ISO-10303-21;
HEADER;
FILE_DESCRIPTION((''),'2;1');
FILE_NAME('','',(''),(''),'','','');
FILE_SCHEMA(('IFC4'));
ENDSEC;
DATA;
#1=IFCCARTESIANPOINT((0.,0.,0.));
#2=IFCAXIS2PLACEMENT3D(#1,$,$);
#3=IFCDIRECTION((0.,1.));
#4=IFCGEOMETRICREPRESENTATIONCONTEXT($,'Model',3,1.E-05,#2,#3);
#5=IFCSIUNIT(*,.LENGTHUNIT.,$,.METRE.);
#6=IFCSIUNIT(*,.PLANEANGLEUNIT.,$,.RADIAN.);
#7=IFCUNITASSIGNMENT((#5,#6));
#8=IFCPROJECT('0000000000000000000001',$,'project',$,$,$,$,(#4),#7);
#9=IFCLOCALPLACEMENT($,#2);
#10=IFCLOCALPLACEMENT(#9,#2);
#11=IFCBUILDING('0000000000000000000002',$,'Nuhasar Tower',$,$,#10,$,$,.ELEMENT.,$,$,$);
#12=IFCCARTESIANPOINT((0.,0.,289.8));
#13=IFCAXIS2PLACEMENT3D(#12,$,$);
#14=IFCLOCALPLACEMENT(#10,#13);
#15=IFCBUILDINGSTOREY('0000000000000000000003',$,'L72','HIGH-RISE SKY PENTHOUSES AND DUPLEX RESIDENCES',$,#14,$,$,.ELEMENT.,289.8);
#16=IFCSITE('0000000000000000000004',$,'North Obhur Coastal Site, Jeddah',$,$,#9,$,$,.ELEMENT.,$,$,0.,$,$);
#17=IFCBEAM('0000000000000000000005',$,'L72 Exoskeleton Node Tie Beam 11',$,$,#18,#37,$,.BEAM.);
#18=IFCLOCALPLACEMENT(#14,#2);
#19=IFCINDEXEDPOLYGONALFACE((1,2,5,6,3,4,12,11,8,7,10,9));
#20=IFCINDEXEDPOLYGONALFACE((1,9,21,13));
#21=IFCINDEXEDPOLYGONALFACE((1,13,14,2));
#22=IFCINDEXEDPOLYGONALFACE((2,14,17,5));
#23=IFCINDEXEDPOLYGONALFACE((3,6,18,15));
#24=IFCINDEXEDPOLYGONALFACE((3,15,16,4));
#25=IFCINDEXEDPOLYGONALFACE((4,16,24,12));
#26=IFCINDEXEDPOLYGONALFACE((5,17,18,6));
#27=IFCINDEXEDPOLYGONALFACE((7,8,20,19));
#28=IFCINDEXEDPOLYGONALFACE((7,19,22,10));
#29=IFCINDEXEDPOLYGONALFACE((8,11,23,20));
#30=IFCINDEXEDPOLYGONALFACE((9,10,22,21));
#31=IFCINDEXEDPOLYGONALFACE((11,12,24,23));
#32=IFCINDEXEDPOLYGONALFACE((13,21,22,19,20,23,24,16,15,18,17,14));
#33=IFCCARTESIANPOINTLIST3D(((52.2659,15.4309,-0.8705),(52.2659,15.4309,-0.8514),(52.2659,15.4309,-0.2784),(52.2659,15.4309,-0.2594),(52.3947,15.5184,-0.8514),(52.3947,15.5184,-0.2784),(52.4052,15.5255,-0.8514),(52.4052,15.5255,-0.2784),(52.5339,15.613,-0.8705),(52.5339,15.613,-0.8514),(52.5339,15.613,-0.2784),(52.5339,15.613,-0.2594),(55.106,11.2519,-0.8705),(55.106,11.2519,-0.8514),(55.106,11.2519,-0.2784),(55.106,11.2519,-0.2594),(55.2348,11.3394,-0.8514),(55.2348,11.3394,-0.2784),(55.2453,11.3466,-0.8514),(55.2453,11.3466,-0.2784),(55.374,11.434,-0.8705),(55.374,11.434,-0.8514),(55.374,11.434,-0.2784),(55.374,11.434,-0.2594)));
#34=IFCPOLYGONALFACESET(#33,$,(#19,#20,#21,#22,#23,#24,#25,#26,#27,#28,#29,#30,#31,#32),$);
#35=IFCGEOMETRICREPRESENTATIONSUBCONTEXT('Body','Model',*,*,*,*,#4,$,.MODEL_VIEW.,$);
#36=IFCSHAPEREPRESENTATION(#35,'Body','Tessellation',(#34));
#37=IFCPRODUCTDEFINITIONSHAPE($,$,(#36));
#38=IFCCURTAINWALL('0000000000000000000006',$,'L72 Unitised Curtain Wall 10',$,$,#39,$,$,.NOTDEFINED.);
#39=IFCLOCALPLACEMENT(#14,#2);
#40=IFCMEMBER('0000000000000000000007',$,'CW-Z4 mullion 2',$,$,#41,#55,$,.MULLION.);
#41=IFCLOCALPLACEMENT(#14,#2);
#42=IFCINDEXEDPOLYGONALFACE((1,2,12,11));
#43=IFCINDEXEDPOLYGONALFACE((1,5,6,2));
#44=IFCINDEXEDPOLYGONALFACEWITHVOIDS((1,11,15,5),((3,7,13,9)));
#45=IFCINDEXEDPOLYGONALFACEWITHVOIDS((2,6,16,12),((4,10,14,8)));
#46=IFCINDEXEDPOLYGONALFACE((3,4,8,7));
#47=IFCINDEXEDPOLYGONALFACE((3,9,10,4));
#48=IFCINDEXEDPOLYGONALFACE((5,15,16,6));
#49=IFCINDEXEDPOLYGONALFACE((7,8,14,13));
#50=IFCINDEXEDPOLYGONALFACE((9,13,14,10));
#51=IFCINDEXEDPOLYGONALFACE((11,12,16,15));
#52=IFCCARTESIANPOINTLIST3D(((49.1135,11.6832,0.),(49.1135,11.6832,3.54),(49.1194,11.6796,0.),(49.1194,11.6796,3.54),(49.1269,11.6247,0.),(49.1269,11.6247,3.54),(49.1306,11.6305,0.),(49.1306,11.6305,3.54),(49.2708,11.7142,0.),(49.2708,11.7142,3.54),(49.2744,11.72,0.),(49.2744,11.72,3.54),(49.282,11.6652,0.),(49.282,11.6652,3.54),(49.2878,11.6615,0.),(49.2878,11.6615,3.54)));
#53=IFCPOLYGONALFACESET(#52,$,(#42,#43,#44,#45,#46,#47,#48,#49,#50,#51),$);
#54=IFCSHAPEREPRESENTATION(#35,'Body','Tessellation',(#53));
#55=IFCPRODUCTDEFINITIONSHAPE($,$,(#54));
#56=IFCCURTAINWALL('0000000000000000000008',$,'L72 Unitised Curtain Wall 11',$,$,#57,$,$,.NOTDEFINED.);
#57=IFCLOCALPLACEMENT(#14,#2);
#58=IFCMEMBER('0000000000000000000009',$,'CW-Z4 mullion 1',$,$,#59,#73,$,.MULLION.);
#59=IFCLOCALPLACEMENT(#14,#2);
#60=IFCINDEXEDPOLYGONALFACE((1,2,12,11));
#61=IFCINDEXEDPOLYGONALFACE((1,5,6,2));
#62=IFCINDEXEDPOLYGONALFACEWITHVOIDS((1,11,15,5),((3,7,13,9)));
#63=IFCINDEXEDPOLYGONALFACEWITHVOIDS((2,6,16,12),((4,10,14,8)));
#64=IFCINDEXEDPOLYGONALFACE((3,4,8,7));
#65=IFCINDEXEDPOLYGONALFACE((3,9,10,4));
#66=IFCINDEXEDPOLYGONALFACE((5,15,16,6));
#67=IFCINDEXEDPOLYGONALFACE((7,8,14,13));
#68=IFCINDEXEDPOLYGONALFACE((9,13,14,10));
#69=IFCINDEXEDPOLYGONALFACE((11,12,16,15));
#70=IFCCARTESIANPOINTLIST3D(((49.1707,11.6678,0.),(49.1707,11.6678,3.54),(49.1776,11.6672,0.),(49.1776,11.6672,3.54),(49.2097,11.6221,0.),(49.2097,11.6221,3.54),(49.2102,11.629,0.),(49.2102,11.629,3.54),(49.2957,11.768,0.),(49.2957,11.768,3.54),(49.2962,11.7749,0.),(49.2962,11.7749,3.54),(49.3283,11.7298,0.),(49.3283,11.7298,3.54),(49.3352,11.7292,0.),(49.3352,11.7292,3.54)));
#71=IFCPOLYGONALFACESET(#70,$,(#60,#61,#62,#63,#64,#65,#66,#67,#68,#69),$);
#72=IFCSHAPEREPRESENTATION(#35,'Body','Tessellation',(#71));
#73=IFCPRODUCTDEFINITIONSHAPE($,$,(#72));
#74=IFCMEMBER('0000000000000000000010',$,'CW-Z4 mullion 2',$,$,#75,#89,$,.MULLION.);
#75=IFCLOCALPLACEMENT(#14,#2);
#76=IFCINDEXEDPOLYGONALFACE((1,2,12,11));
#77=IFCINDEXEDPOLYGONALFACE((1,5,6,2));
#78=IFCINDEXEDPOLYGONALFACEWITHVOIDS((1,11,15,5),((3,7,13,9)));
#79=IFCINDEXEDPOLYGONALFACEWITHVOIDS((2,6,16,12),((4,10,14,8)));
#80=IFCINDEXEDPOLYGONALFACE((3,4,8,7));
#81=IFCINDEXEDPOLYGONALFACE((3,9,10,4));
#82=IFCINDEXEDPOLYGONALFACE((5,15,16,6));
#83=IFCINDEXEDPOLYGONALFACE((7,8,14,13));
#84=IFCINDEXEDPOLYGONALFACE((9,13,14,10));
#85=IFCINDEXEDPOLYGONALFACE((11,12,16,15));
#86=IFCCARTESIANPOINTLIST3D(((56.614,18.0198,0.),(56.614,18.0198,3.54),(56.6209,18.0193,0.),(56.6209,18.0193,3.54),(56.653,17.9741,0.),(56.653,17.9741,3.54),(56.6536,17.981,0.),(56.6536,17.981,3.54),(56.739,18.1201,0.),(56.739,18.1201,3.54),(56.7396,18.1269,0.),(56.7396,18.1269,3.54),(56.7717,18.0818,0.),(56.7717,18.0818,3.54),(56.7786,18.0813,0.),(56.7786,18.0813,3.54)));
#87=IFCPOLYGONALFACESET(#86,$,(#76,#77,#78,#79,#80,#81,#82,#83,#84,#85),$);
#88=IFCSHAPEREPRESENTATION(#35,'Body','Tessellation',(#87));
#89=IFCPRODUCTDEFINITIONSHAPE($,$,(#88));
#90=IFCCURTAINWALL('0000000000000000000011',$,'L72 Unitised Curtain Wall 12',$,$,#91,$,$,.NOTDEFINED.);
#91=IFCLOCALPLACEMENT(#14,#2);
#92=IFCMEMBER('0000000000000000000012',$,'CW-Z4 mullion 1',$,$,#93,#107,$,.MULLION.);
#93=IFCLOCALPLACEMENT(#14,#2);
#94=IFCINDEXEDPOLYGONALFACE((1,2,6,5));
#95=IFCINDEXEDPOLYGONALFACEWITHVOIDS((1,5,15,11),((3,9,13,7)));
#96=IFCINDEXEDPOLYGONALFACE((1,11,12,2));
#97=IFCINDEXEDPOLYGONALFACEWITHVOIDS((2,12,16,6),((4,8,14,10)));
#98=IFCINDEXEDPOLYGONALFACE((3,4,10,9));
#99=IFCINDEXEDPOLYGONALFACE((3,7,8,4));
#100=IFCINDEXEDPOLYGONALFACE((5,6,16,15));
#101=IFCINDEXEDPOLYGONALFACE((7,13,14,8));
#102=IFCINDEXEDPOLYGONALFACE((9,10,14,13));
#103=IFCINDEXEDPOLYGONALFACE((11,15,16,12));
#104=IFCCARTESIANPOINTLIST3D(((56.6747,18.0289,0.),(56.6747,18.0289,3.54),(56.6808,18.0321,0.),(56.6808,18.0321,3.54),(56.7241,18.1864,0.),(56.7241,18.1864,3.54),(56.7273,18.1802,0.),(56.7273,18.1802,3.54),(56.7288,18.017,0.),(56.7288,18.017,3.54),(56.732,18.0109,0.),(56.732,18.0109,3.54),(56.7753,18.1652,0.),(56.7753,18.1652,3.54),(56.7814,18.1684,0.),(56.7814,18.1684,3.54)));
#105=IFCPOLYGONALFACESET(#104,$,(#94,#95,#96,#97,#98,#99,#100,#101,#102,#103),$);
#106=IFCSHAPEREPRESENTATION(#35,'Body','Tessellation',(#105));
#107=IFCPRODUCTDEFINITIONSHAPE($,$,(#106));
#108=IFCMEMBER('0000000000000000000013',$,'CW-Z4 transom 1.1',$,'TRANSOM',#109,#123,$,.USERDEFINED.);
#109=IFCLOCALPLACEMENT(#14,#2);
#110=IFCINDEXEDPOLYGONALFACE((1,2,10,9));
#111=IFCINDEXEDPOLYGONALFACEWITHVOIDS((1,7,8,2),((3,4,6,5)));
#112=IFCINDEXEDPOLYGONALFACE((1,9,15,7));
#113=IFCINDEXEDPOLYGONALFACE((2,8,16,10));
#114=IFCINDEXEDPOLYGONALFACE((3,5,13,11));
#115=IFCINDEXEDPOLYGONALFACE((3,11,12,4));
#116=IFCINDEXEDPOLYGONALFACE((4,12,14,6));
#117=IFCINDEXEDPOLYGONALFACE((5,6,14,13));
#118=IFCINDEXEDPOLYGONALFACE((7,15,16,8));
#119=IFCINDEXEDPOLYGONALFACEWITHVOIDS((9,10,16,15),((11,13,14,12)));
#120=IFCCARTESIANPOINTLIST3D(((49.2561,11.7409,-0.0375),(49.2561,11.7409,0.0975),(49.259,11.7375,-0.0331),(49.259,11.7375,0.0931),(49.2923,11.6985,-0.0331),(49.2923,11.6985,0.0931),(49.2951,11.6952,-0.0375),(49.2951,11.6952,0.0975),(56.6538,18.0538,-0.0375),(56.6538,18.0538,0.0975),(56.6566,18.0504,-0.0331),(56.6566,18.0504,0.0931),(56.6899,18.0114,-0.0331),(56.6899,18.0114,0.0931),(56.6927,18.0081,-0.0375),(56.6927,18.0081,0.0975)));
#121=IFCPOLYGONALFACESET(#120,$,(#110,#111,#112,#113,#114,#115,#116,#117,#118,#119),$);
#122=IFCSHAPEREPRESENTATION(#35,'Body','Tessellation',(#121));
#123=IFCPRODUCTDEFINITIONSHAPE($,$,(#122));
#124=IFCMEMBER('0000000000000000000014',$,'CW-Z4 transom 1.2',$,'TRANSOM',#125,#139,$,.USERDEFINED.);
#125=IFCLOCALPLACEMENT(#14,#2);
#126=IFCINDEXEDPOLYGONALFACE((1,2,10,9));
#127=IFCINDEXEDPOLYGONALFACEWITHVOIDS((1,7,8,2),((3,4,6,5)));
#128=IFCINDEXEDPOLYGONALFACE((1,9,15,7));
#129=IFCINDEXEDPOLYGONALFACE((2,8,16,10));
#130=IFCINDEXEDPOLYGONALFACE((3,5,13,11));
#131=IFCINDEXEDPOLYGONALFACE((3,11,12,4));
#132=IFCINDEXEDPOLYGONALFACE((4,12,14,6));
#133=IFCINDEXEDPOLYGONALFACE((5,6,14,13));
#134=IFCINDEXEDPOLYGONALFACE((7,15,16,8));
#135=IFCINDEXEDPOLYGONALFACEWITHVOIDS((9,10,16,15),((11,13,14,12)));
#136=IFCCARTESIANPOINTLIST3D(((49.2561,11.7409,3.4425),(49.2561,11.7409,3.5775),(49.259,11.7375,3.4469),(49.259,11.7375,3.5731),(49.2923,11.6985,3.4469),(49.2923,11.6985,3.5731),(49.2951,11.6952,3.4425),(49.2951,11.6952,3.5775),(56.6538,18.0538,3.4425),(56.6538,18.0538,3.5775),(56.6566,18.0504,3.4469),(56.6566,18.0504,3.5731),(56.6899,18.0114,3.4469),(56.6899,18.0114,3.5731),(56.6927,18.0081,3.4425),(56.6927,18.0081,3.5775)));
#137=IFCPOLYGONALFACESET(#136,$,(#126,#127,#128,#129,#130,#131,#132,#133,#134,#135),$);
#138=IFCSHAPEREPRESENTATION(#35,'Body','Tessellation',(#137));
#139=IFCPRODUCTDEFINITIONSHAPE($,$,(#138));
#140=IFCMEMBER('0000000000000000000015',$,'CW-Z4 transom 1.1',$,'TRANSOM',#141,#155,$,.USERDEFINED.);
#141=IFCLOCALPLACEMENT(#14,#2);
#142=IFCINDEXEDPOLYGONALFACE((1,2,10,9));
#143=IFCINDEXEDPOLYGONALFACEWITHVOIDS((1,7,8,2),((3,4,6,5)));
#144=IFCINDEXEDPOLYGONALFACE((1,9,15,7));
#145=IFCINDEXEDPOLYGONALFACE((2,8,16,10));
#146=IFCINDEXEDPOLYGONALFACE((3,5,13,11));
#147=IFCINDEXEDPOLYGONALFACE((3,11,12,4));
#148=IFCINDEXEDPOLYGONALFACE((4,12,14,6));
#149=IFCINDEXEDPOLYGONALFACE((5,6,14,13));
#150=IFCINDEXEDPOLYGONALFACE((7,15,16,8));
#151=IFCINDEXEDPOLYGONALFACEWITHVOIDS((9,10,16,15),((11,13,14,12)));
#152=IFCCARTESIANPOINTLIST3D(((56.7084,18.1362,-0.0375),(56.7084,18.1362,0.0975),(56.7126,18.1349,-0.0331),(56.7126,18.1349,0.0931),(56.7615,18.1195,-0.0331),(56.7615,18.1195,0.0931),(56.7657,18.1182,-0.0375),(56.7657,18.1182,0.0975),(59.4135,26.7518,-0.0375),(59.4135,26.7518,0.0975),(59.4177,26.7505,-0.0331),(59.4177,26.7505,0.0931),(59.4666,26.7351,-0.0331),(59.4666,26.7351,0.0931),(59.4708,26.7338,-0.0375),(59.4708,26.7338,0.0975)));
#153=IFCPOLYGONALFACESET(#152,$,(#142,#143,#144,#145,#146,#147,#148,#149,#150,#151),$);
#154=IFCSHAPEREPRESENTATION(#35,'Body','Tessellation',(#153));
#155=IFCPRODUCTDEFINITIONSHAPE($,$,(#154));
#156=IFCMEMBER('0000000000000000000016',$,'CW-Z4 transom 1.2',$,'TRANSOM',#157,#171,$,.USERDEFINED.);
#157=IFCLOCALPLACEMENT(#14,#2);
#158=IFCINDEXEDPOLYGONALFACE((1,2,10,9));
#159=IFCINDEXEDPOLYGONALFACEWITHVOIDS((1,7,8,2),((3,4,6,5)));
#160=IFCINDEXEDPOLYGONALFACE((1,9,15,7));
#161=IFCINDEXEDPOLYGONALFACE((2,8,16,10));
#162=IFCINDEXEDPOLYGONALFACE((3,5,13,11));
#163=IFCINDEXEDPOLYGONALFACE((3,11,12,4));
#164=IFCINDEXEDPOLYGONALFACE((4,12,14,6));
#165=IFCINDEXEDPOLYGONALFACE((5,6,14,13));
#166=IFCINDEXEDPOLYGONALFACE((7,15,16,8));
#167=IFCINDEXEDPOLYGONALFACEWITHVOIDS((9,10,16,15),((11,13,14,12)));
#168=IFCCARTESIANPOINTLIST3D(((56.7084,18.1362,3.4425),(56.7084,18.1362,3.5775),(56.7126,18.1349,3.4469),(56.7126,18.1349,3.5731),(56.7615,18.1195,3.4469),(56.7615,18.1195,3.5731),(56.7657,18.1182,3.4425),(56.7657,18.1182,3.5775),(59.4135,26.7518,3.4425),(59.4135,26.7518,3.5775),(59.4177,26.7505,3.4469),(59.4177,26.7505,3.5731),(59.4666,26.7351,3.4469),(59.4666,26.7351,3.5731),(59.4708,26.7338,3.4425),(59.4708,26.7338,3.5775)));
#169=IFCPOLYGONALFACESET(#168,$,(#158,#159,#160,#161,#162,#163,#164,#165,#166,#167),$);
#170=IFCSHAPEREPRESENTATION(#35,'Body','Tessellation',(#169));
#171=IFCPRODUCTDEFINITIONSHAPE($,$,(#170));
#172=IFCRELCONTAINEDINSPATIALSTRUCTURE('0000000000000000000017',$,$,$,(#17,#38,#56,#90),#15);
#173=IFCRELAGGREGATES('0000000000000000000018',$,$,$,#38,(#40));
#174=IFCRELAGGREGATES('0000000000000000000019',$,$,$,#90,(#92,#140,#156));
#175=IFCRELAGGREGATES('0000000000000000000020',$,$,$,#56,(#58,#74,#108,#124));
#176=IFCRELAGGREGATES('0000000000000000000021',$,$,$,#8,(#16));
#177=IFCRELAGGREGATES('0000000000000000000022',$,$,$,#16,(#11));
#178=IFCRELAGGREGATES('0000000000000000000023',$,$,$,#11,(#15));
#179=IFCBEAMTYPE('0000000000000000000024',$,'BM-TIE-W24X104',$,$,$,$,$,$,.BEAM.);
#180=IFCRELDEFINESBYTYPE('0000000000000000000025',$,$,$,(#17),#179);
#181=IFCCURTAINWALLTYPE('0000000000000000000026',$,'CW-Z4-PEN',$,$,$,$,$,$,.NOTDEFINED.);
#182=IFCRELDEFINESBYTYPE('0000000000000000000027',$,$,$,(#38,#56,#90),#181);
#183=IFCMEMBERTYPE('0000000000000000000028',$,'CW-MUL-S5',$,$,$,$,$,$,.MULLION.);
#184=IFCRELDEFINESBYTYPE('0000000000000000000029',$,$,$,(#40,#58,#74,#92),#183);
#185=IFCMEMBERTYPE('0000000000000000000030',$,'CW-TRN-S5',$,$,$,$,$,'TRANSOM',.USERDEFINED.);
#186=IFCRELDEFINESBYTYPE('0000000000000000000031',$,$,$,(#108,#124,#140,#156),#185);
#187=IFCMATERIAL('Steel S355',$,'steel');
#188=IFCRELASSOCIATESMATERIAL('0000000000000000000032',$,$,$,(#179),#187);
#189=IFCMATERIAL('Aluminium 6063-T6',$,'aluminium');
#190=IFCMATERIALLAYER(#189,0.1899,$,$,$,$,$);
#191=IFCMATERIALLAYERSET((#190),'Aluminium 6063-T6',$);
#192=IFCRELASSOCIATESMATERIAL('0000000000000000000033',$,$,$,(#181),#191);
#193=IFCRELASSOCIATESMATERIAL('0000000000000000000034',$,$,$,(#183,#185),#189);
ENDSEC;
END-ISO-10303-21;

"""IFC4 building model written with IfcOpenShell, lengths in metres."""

from ifc_helpers import new_model, si_unit, direction, frame, origin, origin_2d, place, context, subcontext, project, spatial, hollow_rectangle, i_section, extrude, material, layer, layer_set, material_profile, profile_set, type_object, element, aggregate, save


model = new_model("IFC4")

# Units and contexts
model_context = context("Model", 3, precision=1e-05, world=origin(), true_north=direction((0.0, 1.0)))
body_context = subcontext(model_context, "Body", "Model", "MODEL_VIEW")
ifc_project = project(units=[si_unit("LENGTHUNIT", "METRE"), si_unit("PLANEANGLEUNIT", "RADIAN")], contexts=[model_context])

# Site, building, storey
site_placement = place(None, origin())
site = spatial("IfcSite", under=ifc_project, at=site_placement, Name="North Obhur Coastal Site, Jeddah", CompositionType="ELEMENT", RefElevation=0.0)
building_placement = place(site_placement, origin())
building = spatial("IfcBuilding", under=site, at=building_placement, Name="Nuhasar Tower", CompositionType="ELEMENT")
storey_placement = place(building_placement, frame((0.0, 0.0, 289.8)))
storey = spatial("IfcBuildingStorey", under=building, at=storey_placement, Name="L72", Description="HIGH-RISE SKY PENTHOUSES AND DUPLEX RESIDENCES", CompositionType="ELEMENT", Elevation=289.8)

# Beam
ifc_material_1 = material(Name="Steel S355", Category="steel")
ifc_material_profile_1 = material_profile(ifc_material_1, i_section(OverallWidth=0.324, OverallDepth=0.6111, WebThickness=0.0127, FlangeThickness=0.019, at=origin_2d()), Name="W24X104")
ifc_profile_set_1 = profile_set([ifc_material_profile_1], Name="Steel S355")
beam_type_1 = type_object("IfcBeamType", Name="BM-TIE-W24X104", PredefinedType="BEAM", material=ifc_profile_set_1)
beam_1_placement = place(storey_placement, frame((52.3999, 15.522, -0.5649), z_axis=(0.562093, -0.827074, 0.0), x_axis=(0.827074, 0.562093, 0.0)))
element("IfcBeam", 1, at=beam_1_placement, inside=storey, type_object=beam_type_1, Name="L72 Exoskeleton Node Tie Beam 11", PredefinedType="BEAM", context=body_context, shape_type="SweptSolid", body=[
    extrude(i_section(OverallWidth=0.324, OverallDepth=0.6111, WebThickness=0.0127, FlangeThickness=0.019, at=origin_2d()), origin(), (0.0, 0.0, 1.0), 5.0527),
])

# Curtain wall, member
ifc_material_2 = material(Name="Aluminium 6063-T6", Category="aluminium")
ifc_layer_1 = layer(ifc_material_2, 0.1899)
ifc_layer_set_1 = layer_set([ifc_layer_1], Name="Aluminium 6063-T6")
curtain_wall_type = type_object("IfcCurtainWallType", Name="CW-Z4-PEN", PredefinedType="NOTDEFINED", material=ifc_layer_set_1)
curtain_wall_1_placement = place(storey_placement, origin())
curtain_wall_1 = element("IfcCurtainWall", 2, at=curtain_wall_1_placement, inside=storey, type_object=curtain_wall_type, Name="L72 Unitised Curtain Wall 10", PredefinedType="NOTDEFINED")
ifc_material_profile_2 = material_profile(ifc_material_2, hollow_rectangle(XDim=0.0601, YDim=0.165, WallThickness=0.0049, at=origin_2d()), Name="CWM-5")
ifc_profile_set_2 = profile_set([ifc_material_profile_2], Name="Aluminium 6063-T6")
member_type_1 = type_object("IfcMemberType", Name="CW-MUL-S5", PredefinedType="MULLION", material=ifc_profile_set_2)
member_1_placement = place(storey_placement, frame((49.2007, 11.6724, 0.0), z_axis=(0.0, 0.0, 1.0), x_axis=(-0.222889, 0.974844, 0.0)))
member_1 = element("IfcMember", 3, at=member_1_placement, type_object=member_type_1, Name="CW-Z4 mullion 2", PredefinedType="MULLION", context=body_context, shape_type="SweptSolid", body=[
    extrude(hollow_rectangle(XDim=0.0601, YDim=0.165, WallThickness=0.0049, at=origin_2d()), origin(), (0.0, 0.0, 1.0), 3.54),
])
aggregate(curtain_wall_1, [member_1])

# Curtain wall, members
curtain_wall_2_placement = place(storey_placement, origin())
curtain_wall_2 = element("IfcCurtainWall", 4, at=curtain_wall_2_placement, inside=storey, type_object=curtain_wall_type, Name="L72 Unitised Curtain Wall 11", PredefinedType="NOTDEFINED")
member_2_placement = place(storey_placement, frame((49.2529, 11.6985, 0.0), z_axis=(0.0, 0.0, 1.0), x_axis=(-0.649142, 0.760667, 0.0)))
member_2 = element("IfcMember", 5, at=member_2_placement, type_object=member_type_1, Name="CW-Z4 mullion 1", PredefinedType="MULLION", context=body_context, shape_type="SweptSolid", body=[
    extrude(hollow_rectangle(XDim=0.0601, YDim=0.165, WallThickness=0.0049, at=origin_2d()), origin(), (0.0, 0.0, 1.0), 3.54),
])
member_3_placement = place(storey_placement, frame((56.6963, 18.0505, 0.0), z_axis=(0.0, 0.0, 1.0), x_axis=(-0.649142, 0.760667, 0.0)))
member_3 = element("IfcMember", 6, at=member_3_placement, type_object=member_type_1, Name="CW-Z4 mullion 2", PredefinedType="MULLION", context=body_context, shape_type="SweptSolid", body=[
    extrude(hollow_rectangle(XDim=0.0601, YDim=0.165, WallThickness=0.0049, at=origin_2d()), origin(), (0.0, 0.0, 1.0), 3.54),
])

# Curtain wall, member
curtain_wall_3_placement = place(storey_placement, origin())
curtain_wall_3 = element("IfcCurtainWall", 7, at=curtain_wall_3_placement, inside=storey, type_object=curtain_wall_type, Name="L72 Unitised Curtain Wall 12", PredefinedType="NOTDEFINED")
member_4_placement = place(storey_placement, frame((56.728, 18.0986, 0.0), z_axis=(0.0, 0.0, 1.0), x_axis=(-0.954079, 0.299557, 0.0)))
member_4 = element("IfcMember", 8, at=member_4_placement, type_object=member_type_1, Name="CW-Z4 mullion 1", PredefinedType="MULLION", context=body_context, shape_type="SweptSolid", body=[
    extrude(hollow_rectangle(XDim=0.0601, YDim=0.165, WallThickness=0.0049, at=origin_2d()), origin(), (0.0, 0.0, 1.0), 3.54),
])

# Members
ifc_material_profile_3 = material_profile(ifc_material_2, hollow_rectangle(XDim=0.0601, YDim=0.135, WallThickness=0.0044, at=origin_2d()), Name="CWT-5")
ifc_profile_set_3 = profile_set([ifc_material_profile_3], Name="Aluminium 6063-T6")
member_type_2 = type_object("IfcMemberType", Name="CW-TRN-S5", ElementType="TRANSOM", PredefinedType="USERDEFINED", material=ifc_profile_set_3)
member_5_placement = place(storey_placement, frame((49.2756, 11.718, 0.03), z_axis=(0.760672, 0.649136, 0.0), x_axis=(-0.649136, 0.760672, 0.0)))
member_5 = element("IfcMember", 9, at=member_5_placement, type_object=member_type_2, Name="CW-Z4 transom 1.1", ObjectType="TRANSOM", PredefinedType="USERDEFINED", context=body_context, shape_type="SweptSolid", body=[
    extrude(hollow_rectangle(XDim=0.0601, YDim=0.135, WallThickness=0.0044, at=origin_2d()), origin(), (0.0, 0.0, 1.0), 9.7251),
])
member_6_placement = place(storey_placement, frame((49.2756, 11.718, 3.51), z_axis=(0.760672, 0.649136, 0.0), x_axis=(-0.649136, 0.760672, 0.0)))
member_6 = element("IfcMember", 10, at=member_6_placement, type_object=member_type_2, Name="CW-Z4 transom 1.2", ObjectType="TRANSOM", PredefinedType="USERDEFINED", context=body_context, shape_type="SweptSolid", body=[
    extrude(hollow_rectangle(XDim=0.0601, YDim=0.135, WallThickness=0.0044, at=origin_2d()), origin(), (0.0, 0.0, 1.0), 9.7251),
])
member_7_placement = place(storey_placement, frame((56.7371, 18.1272, 0.03), z_axis=(0.29956, 0.954077, 0.0), x_axis=(-0.954077, 0.29956, 0.0)))
member_7 = element("IfcMember", 11, at=member_7_placement, type_object=member_type_2, Name="CW-Z4 transom 1.1", ObjectType="TRANSOM", PredefinedType="USERDEFINED", context=body_context, shape_type="SweptSolid", body=[
    extrude(hollow_rectangle(XDim=0.0601, YDim=0.135, WallThickness=0.0044, at=origin_2d()), origin(), (0.0, 0.0, 1.0), 9.0303),
])
member_8_placement = place(storey_placement, frame((56.7371, 18.1272, 3.51), z_axis=(0.29956, 0.954077, 0.0), x_axis=(-0.954077, 0.29956, 0.0)))
member_8 = element("IfcMember", 12, at=member_8_placement, type_object=member_type_2, Name="CW-Z4 transom 1.2", ObjectType="TRANSOM", PredefinedType="USERDEFINED", context=body_context, shape_type="SweptSolid", body=[
    extrude(hollow_rectangle(XDim=0.0601, YDim=0.135, WallThickness=0.0044, at=origin_2d()), origin(), (0.0, 0.0, 1.0), 9.0303),
])
aggregate(curtain_wall_3, [member_4, member_7, member_8])

aggregate(curtain_wall_2, [member_2, member_3, member_5, member_6])

save(model, "model.ifc")
